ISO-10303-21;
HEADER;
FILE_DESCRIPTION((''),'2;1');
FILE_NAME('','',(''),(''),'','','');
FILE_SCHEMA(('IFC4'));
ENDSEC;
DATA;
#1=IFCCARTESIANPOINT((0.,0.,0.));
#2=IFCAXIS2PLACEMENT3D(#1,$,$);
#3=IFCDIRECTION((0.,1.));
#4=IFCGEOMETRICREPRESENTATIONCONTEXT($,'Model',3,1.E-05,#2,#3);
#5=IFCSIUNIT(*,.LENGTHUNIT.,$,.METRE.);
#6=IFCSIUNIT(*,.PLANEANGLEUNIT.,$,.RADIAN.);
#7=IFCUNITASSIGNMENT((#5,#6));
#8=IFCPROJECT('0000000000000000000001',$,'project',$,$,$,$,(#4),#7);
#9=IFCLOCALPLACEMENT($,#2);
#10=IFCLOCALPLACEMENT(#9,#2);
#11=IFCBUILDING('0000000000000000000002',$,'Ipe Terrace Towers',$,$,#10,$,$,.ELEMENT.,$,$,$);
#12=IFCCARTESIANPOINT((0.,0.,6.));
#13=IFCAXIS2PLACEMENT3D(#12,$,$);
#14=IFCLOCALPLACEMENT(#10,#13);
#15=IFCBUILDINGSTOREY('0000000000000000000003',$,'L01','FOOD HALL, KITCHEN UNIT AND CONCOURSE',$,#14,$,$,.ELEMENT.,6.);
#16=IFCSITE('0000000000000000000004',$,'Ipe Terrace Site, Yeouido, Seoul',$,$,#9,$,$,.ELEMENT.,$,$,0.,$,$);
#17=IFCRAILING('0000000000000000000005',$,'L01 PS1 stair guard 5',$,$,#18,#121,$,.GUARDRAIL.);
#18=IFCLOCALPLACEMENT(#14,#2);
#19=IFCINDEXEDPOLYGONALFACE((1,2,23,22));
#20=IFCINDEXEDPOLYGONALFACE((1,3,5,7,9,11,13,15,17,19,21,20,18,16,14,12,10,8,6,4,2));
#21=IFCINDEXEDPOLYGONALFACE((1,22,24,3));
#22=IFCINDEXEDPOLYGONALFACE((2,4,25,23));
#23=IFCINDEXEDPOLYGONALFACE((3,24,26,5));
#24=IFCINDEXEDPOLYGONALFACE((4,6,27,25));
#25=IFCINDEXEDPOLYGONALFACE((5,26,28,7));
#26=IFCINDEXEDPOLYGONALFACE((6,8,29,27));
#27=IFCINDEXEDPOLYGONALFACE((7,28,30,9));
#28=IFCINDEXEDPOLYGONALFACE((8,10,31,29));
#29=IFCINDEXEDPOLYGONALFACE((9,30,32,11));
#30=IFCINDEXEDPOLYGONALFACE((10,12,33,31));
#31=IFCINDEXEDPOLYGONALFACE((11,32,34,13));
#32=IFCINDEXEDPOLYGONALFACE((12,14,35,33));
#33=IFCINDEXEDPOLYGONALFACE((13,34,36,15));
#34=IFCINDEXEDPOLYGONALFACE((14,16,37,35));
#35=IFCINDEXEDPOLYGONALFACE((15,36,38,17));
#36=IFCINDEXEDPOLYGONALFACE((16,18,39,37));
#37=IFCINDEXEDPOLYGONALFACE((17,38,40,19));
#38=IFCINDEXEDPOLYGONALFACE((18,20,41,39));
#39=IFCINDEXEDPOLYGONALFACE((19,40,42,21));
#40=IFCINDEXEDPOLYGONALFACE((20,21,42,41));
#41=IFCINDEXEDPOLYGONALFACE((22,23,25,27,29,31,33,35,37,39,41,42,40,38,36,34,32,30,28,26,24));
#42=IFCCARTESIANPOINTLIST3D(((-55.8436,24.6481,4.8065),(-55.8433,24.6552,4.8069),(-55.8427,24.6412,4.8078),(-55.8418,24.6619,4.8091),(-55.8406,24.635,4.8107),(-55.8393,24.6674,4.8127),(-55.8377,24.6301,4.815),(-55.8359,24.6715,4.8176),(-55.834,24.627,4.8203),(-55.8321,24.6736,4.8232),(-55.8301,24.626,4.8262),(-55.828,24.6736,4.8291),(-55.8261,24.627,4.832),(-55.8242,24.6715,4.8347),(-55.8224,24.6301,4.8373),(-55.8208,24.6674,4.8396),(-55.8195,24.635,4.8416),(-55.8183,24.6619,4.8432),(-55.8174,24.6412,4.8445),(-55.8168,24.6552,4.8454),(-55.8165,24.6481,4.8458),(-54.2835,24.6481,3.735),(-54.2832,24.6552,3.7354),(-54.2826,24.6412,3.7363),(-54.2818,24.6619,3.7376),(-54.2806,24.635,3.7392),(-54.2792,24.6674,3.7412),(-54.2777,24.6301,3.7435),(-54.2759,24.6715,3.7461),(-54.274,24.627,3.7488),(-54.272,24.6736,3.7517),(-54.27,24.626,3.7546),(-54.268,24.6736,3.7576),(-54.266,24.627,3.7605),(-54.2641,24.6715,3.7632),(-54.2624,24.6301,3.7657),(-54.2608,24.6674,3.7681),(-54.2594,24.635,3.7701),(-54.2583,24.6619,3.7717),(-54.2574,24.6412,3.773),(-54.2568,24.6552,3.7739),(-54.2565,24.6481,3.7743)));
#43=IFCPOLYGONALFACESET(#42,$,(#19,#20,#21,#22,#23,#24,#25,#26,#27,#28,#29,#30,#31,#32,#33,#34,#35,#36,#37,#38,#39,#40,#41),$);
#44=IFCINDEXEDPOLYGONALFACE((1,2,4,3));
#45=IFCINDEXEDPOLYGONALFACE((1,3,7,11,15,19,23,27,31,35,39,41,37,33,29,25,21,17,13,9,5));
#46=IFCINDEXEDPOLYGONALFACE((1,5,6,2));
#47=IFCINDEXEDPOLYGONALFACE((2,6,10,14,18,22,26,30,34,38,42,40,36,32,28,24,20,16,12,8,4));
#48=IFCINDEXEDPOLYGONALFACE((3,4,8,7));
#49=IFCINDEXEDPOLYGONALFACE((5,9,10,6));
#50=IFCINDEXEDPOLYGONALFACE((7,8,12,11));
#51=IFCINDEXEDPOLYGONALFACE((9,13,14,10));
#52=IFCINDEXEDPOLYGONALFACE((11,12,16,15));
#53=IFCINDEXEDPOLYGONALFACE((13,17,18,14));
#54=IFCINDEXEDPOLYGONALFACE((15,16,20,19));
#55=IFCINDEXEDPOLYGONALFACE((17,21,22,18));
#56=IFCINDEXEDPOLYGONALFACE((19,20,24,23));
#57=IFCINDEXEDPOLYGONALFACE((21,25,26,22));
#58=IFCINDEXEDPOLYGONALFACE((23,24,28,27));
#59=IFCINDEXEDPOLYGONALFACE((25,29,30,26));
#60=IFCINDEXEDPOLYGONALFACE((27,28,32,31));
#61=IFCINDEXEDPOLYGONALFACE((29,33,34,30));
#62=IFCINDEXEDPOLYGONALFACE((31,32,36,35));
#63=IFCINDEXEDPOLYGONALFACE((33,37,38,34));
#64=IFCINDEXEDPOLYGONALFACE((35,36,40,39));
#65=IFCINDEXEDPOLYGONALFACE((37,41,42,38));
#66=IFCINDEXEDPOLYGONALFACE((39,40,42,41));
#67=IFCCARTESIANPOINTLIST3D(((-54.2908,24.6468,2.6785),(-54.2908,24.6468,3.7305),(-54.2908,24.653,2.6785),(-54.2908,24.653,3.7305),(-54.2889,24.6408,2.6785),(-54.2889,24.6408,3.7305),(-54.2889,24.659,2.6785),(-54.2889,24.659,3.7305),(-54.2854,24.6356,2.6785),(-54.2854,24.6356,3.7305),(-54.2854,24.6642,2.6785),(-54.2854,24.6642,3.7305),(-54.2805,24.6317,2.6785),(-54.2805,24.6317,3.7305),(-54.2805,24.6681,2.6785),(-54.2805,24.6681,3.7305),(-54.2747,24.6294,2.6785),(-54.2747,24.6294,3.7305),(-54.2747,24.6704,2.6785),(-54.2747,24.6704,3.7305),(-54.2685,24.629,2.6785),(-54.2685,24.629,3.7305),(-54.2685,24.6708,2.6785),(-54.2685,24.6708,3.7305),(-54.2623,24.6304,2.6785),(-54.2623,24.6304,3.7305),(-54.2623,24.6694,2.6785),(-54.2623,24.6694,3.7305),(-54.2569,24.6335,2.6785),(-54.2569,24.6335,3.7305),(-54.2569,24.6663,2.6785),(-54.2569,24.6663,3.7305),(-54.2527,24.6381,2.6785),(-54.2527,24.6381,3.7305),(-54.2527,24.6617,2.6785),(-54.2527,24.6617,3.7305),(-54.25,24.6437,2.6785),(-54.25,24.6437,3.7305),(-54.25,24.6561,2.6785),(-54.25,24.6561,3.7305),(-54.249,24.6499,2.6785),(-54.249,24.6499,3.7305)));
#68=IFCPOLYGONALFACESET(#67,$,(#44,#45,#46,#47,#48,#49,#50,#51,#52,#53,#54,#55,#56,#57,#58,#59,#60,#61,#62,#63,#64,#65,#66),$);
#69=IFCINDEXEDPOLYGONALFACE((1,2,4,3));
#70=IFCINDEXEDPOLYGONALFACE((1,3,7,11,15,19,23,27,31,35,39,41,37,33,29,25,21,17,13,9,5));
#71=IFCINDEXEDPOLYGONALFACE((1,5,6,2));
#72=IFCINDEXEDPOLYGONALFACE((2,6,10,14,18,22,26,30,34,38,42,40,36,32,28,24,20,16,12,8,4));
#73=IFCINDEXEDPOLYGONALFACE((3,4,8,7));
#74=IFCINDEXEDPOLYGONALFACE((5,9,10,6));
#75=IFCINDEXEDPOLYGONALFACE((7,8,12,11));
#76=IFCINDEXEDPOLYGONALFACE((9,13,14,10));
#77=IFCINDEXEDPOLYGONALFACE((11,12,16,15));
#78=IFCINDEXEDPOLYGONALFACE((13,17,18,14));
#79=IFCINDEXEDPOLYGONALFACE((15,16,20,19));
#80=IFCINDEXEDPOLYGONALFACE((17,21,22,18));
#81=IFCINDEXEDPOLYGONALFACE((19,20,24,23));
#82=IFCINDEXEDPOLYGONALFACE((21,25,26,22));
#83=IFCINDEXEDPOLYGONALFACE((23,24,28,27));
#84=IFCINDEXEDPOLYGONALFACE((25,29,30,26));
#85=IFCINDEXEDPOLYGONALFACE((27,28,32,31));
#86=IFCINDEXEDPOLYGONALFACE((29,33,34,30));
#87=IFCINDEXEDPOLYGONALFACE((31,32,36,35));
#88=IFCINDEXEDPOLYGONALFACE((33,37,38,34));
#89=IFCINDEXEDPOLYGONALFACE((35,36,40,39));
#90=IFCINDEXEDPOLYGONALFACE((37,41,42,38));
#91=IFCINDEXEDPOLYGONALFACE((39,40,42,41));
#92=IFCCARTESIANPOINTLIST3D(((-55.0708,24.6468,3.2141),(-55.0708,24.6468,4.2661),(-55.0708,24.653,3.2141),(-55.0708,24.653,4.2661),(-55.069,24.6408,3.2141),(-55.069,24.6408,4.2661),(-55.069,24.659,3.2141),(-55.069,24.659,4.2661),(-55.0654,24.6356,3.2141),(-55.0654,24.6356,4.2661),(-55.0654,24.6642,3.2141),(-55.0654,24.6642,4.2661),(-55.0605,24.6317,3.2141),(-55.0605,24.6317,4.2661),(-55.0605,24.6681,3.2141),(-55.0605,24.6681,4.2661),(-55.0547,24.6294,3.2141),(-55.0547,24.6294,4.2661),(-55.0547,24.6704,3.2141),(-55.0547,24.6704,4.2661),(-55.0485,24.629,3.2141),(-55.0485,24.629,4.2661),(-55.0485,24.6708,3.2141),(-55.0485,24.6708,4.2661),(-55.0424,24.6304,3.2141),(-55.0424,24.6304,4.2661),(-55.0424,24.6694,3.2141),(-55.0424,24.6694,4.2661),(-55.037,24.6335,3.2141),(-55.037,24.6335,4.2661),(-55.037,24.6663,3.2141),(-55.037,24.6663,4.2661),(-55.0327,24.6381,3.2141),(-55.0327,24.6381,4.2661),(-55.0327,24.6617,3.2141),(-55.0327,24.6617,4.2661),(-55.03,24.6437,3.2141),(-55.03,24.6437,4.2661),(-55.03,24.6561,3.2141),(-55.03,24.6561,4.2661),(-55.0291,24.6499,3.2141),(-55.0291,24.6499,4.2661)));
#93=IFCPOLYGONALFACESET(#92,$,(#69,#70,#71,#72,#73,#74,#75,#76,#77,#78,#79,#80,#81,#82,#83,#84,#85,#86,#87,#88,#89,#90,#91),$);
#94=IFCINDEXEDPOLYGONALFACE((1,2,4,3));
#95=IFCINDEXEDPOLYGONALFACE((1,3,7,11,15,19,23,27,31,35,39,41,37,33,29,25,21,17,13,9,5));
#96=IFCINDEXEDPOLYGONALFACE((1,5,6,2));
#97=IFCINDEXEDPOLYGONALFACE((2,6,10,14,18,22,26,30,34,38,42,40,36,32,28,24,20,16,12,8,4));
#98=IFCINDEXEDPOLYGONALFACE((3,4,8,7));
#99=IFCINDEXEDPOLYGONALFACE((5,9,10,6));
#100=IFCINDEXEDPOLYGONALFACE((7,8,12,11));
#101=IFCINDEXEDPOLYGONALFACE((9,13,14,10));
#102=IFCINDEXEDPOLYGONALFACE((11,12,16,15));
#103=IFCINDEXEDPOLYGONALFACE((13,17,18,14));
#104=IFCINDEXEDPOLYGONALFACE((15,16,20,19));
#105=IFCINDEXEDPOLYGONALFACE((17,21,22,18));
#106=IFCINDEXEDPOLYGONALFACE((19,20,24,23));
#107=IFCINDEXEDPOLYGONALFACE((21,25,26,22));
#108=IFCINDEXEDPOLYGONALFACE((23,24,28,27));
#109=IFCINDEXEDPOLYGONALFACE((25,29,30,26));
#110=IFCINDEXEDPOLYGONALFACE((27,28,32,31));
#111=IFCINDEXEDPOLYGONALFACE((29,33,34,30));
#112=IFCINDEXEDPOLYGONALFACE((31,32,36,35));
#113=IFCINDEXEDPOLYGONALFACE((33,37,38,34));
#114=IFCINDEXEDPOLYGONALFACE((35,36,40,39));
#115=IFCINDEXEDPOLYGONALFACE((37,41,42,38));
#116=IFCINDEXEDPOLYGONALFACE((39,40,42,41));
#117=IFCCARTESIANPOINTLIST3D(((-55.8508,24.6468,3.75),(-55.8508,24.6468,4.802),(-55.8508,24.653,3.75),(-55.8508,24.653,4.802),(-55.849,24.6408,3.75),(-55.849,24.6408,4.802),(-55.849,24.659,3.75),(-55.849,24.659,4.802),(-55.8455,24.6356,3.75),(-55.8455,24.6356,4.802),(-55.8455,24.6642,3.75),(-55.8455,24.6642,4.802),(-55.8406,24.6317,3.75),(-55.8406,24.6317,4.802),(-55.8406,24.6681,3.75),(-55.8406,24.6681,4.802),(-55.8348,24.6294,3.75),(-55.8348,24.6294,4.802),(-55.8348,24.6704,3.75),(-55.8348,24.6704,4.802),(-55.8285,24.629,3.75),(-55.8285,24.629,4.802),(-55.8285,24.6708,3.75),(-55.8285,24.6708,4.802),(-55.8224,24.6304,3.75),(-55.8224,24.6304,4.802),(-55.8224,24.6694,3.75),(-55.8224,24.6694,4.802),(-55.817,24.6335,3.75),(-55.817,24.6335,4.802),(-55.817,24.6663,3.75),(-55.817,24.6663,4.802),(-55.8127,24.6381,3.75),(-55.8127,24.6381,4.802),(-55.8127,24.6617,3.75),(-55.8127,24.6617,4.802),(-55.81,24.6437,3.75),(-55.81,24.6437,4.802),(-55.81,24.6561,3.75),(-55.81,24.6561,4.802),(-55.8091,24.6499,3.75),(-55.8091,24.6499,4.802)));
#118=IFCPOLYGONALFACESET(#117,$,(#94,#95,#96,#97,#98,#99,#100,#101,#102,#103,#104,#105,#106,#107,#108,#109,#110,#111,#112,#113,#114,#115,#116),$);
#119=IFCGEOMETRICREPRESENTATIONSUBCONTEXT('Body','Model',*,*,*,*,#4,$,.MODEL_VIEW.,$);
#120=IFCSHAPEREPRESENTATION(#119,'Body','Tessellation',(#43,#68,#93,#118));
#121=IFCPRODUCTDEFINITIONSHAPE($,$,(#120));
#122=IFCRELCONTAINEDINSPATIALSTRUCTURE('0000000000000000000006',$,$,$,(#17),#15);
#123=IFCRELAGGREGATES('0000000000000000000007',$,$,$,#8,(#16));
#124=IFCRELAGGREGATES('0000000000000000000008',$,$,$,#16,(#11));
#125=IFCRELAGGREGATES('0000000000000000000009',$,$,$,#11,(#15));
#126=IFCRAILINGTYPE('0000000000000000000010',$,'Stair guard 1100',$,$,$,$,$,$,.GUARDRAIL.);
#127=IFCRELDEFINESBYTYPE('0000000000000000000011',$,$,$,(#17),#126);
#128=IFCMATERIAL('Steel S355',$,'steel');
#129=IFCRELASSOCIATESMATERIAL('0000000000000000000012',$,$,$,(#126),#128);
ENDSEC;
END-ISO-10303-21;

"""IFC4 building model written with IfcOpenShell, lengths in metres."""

from ifc_helpers import new_model, si_unit, direction, frame, origin, origin_2d, place, context, subcontext, project, spatial, circle, extrude, material, type_object, element, save


model = new_model("IFC4")

# Units and contexts
model_context = context("Model", 3, precision=1e-05, world=origin(), true_north=direction((0.0, 1.0)))
body_context = subcontext(model_context, "Body", "Model", "MODEL_VIEW")
ifc_project = project(units=[si_unit("LENGTHUNIT", "METRE"), si_unit("PLANEANGLEUNIT", "RADIAN")], contexts=[model_context])

# Site, building, storey
site_placement = place(None, origin())
site = spatial("IfcSite", under=ifc_project, at=site_placement, Name="Ipe Terrace Site, Yeouido, Seoul", CompositionType="ELEMENT", RefElevation=0.0)
building_placement = place(site_placement, origin())
building = spatial("IfcBuilding", under=site, at=building_placement, Name="Ipe Terrace Towers", CompositionType="ELEMENT")
storey_placement = place(building_placement, frame((0.0, 0.0, 6.0)))
storey = spatial("IfcBuildingStorey", under=building, at=storey_placement, Name="L01", Description="FOOD HALL, KITCHEN UNIT AND CONCOURSE", CompositionType="ELEMENT", Elevation=6.0)

# Railing
ifc_material_1 = material(Name="Steel S355", Category="steel")
railing_type_1 = type_object("IfcRailingType", Name="Stair guard 1100", PredefinedType="GUARDRAIL", material=ifc_material_1)
railing_1_placement = place(storey_placement, frame((-54.27, 24.6499, 2.6785)))
element("IfcRailing", 1, at=railing_1_placement, inside=storey, type_object=railing_type_1, Name="L01 PS1 stair guard 5", PredefinedType="GUARDRAIL", context=body_context, shape_type="SweptSolid", body=[
    extrude(circle(Radius=0.0239, at=origin_2d()), frame((0.0, 0.0, 1.0762), z_axis=(-0.82429, 0.0, 0.566167), x_axis=(0.0, -1.0, 0.0)), (0.0, 0.0, 1.0), 1.8926),
    extrude(circle(Radius=0.021, at=origin_2d()), origin(), (0.0, 0.0, 1.0), 1.052),
    extrude(circle(Radius=0.021, at=origin_2d()), frame((-0.78, 0.0, 0.5356)), (0.0, 0.0, 1.0), 1.052),
    extrude(circle(Radius=0.021, at=origin_2d()), frame((-1.5601, 0.0, 1.0715)), (0.0, 0.0, 1.0), 1.052),
])

save(model, "model.ifc")
